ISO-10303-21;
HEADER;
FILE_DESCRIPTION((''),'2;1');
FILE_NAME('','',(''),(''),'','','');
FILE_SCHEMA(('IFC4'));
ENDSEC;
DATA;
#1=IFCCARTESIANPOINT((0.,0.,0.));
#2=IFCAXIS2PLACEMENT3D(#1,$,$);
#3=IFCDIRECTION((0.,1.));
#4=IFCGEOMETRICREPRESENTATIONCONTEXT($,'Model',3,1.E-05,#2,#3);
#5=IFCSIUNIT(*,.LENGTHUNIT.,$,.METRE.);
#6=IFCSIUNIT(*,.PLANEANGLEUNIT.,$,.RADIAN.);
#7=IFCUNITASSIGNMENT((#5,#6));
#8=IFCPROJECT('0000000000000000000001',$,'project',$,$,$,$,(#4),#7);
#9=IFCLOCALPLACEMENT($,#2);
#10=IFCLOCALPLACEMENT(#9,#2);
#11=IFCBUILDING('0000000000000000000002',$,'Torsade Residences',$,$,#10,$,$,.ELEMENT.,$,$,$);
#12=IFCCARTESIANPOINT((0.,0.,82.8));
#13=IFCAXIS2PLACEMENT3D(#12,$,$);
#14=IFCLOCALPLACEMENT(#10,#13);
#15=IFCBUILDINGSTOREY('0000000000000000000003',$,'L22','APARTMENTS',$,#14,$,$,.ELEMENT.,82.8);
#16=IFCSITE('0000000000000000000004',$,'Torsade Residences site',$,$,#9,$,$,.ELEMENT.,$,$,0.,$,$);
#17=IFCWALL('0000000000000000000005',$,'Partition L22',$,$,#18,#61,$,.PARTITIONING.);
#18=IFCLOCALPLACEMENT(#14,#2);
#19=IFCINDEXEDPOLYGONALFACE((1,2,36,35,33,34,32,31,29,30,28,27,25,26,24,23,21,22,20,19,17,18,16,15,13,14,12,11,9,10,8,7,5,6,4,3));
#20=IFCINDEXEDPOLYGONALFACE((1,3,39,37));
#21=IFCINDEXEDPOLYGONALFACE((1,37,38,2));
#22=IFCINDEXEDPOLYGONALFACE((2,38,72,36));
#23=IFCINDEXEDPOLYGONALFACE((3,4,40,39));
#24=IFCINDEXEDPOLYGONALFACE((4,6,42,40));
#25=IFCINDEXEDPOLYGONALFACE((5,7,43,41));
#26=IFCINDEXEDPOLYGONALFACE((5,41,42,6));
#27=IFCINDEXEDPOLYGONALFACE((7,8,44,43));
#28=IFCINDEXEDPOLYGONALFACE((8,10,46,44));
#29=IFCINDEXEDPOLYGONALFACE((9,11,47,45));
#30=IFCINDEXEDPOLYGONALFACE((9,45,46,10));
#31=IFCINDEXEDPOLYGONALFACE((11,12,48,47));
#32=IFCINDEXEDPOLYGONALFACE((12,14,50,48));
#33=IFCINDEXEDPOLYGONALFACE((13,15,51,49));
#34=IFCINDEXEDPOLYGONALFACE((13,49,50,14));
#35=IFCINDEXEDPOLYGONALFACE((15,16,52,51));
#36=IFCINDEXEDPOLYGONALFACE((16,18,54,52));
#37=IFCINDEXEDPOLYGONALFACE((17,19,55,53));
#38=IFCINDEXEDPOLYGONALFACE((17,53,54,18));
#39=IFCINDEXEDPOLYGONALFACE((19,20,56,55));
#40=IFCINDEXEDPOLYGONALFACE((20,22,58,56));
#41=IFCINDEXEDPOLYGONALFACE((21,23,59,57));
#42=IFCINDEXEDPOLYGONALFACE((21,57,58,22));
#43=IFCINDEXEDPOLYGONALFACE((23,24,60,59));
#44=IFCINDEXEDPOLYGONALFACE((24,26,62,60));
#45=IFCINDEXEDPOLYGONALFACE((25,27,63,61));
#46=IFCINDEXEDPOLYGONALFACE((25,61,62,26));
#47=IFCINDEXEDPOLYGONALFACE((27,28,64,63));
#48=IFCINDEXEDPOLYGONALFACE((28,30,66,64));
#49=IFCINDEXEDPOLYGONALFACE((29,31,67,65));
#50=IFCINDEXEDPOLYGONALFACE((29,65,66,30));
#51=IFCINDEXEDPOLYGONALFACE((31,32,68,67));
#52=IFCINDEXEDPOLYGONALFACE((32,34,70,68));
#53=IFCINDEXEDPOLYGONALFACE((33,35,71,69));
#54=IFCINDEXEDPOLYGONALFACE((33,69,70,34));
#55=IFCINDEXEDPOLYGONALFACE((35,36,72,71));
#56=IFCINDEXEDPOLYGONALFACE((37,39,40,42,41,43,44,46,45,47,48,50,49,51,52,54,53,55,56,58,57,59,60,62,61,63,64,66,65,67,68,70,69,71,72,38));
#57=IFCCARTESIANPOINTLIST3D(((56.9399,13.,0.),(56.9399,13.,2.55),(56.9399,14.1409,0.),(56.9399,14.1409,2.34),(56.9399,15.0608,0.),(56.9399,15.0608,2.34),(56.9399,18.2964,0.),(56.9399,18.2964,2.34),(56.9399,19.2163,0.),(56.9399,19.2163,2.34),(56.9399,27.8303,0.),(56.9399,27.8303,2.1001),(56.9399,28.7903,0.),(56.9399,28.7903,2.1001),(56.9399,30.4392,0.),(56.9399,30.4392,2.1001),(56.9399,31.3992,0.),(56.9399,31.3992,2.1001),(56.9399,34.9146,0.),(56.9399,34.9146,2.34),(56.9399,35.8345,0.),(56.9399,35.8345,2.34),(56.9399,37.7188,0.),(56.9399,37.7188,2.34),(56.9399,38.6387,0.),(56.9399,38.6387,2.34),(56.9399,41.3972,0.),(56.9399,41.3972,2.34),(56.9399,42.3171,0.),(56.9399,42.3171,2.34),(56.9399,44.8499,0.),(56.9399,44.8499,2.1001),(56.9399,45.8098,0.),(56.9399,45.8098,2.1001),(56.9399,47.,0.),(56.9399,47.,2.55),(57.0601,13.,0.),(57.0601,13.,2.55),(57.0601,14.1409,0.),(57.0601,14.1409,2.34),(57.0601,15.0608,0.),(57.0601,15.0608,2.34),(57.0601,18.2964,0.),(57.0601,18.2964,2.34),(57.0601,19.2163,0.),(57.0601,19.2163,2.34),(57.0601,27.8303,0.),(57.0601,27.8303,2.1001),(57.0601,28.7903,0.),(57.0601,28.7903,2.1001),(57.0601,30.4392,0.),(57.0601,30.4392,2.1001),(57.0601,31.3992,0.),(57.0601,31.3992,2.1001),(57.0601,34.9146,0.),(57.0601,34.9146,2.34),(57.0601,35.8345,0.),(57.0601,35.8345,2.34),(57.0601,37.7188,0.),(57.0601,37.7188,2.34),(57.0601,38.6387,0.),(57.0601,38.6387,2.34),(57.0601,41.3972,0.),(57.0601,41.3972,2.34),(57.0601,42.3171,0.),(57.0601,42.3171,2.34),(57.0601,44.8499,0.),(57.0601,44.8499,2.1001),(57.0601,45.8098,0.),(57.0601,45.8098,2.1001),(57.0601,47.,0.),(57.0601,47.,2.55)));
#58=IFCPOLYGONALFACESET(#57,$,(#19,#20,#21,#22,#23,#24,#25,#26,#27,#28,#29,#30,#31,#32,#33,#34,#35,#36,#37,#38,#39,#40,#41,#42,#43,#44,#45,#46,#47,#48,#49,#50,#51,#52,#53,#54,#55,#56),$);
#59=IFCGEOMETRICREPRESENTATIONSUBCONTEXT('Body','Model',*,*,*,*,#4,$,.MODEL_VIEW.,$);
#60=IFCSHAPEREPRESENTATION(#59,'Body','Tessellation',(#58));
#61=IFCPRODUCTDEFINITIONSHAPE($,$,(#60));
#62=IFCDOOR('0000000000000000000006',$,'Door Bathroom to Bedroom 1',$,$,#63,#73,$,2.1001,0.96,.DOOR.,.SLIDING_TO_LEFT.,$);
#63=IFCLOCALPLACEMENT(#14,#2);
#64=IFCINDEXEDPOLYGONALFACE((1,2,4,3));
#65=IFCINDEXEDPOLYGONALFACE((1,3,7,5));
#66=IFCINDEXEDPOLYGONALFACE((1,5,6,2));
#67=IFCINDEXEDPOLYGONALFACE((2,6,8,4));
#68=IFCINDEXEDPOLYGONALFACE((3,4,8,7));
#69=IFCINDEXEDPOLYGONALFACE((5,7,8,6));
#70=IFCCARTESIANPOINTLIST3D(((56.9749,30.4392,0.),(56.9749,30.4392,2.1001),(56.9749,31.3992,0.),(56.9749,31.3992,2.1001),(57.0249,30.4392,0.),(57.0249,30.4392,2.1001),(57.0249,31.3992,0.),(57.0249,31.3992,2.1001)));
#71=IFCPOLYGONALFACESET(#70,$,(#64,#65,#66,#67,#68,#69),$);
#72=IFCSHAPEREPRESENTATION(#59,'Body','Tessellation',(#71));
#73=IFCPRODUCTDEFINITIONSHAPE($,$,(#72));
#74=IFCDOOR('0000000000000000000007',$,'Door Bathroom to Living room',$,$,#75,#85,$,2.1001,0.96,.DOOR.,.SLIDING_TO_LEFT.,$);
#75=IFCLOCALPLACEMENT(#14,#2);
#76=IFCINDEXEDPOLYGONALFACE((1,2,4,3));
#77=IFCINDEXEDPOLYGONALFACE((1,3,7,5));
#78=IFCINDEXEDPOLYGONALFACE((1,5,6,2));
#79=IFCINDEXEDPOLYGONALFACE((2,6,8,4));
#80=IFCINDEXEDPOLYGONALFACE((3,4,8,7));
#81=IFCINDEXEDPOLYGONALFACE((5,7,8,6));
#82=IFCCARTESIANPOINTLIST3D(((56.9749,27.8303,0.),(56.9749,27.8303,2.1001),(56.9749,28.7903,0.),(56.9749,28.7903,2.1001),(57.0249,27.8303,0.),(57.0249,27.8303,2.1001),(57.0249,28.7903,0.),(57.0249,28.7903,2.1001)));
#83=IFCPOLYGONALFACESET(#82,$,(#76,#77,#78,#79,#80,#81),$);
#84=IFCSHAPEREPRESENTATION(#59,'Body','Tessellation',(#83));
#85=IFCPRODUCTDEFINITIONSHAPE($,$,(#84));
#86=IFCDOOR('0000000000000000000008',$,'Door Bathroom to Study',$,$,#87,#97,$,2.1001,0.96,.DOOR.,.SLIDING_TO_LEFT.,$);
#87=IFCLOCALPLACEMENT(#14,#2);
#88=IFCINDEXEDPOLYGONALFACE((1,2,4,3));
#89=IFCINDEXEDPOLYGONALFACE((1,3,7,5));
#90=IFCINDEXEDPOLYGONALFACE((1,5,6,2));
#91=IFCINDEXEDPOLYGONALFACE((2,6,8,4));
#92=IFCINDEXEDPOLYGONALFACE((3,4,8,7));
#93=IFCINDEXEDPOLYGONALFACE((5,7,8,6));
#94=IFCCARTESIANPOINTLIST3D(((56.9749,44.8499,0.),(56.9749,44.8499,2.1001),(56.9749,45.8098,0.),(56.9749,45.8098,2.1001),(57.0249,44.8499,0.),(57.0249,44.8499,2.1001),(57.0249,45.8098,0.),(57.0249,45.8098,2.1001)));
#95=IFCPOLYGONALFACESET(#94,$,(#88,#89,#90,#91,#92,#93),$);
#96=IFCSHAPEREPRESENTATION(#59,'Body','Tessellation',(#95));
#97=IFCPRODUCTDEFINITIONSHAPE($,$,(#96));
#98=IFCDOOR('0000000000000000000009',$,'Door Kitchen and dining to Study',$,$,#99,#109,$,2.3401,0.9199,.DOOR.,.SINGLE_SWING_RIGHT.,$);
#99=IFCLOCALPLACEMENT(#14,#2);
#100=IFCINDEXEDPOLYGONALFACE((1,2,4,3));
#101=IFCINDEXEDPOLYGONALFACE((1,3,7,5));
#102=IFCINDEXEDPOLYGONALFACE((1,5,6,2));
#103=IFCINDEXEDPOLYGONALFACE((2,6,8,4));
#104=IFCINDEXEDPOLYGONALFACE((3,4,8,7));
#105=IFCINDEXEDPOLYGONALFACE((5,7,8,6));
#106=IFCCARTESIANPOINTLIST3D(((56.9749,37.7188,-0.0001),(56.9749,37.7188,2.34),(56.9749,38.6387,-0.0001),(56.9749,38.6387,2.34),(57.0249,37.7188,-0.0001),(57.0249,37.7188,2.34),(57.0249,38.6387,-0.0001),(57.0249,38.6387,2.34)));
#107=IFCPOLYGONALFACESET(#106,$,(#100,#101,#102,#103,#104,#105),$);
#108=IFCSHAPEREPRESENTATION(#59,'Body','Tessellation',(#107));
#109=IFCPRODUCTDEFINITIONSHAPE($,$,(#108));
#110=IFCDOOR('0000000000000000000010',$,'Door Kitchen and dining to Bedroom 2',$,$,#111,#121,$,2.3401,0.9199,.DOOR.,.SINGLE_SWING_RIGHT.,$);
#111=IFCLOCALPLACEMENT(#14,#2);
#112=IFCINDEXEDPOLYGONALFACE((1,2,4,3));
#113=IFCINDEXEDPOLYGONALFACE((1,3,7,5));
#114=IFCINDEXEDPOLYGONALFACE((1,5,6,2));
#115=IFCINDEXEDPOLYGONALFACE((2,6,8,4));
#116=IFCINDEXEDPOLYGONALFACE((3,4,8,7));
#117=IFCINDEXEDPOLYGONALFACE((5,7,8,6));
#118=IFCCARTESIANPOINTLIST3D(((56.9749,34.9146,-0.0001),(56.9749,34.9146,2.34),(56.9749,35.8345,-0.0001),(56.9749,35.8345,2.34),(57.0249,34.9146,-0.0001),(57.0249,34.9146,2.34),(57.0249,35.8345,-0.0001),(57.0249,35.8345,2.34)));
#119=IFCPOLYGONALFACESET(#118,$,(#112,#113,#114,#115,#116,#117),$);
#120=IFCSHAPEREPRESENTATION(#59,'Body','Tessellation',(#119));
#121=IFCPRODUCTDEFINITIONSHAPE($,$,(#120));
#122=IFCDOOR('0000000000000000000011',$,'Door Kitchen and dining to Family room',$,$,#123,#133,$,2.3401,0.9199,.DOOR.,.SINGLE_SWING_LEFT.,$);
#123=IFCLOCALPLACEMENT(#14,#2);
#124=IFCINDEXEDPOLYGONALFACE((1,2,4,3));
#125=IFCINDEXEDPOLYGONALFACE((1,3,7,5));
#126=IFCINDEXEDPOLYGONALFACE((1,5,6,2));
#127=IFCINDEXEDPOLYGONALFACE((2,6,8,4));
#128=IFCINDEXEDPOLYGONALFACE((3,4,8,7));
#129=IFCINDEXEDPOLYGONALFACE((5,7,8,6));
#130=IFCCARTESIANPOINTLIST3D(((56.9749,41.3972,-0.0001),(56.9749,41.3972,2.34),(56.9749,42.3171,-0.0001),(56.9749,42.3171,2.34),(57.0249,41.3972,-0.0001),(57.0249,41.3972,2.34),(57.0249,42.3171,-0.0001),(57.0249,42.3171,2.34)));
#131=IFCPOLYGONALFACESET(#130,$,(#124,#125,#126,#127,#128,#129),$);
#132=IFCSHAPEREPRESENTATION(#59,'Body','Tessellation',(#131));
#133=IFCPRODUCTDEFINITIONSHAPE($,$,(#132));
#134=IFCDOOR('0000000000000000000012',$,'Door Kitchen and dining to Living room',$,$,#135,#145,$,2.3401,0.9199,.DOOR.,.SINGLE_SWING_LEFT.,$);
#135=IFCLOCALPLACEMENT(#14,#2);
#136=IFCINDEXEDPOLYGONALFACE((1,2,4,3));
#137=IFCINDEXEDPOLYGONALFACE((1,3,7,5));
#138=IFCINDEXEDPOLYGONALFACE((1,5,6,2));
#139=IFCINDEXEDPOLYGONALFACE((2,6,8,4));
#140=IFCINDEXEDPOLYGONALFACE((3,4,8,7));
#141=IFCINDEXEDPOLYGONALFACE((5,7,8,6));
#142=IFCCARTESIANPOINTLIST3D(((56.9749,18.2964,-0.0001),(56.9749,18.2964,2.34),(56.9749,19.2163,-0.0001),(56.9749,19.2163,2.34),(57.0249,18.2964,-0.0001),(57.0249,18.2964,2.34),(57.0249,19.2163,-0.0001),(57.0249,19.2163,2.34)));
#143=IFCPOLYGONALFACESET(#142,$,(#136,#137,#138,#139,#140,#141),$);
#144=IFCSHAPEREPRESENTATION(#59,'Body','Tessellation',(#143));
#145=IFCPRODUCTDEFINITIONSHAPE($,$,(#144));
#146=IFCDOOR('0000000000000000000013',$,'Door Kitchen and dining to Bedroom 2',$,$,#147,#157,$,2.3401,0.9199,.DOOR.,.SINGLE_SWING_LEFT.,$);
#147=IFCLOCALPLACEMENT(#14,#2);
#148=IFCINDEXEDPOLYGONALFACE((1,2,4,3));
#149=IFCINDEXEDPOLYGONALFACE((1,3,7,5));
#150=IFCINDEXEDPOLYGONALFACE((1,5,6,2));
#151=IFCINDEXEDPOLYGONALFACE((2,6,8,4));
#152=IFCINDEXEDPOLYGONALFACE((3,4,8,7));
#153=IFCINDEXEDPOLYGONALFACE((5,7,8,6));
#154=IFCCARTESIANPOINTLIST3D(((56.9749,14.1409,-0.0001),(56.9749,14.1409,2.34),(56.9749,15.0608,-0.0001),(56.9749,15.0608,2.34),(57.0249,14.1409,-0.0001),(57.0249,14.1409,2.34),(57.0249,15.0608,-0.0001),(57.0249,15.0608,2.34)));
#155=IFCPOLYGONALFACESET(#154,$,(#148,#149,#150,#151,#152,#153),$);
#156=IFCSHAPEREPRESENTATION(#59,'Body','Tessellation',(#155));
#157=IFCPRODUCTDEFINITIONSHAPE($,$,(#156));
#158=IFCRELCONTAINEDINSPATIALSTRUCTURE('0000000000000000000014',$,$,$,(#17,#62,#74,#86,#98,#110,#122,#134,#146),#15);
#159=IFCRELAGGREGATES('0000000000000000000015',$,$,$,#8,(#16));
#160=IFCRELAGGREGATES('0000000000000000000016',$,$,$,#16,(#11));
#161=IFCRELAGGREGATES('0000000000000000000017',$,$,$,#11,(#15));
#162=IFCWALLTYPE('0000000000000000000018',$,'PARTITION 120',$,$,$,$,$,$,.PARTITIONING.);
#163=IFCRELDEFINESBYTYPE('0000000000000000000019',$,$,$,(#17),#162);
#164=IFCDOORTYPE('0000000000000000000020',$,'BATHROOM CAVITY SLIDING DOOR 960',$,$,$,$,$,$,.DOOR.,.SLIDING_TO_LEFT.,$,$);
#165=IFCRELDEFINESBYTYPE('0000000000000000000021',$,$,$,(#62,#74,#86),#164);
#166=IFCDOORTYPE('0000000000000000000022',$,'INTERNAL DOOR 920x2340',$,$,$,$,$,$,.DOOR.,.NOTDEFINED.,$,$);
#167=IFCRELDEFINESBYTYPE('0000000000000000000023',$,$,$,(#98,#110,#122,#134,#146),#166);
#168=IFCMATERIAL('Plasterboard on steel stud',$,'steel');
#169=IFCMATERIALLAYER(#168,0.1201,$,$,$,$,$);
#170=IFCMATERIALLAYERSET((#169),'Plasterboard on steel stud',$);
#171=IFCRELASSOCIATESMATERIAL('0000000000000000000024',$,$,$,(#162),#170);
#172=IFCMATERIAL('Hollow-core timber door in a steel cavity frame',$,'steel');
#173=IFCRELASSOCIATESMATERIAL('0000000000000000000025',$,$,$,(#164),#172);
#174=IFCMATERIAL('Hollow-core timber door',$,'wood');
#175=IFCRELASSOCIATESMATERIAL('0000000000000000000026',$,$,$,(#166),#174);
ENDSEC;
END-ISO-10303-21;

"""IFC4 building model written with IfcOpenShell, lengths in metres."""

from ifc_helpers import new_model, si_unit, direction, frame, frame_2d, origin, place, context, subcontext, project, spatial, rectangle, extrude, material, layer, layer_set, type_object, element, fill, save


model = new_model("IFC4")

# Units and contexts
model_context = context("Model", 3, precision=1e-05, world=origin(), true_north=direction((0.0, 1.0)))
body_context = subcontext(model_context, "Body", "Model", "MODEL_VIEW")
ifc_project = project(units=[si_unit("LENGTHUNIT", "METRE"), si_unit("PLANEANGLEUNIT", "RADIAN")], contexts=[model_context])

# Site, building, storey
site_placement = place(None, origin())
site = spatial("IfcSite", under=ifc_project, at=site_placement, Name="Torsade Residences site", CompositionType="ELEMENT", RefElevation=0.0)
building_placement = place(site_placement, origin())
building = spatial("IfcBuilding", under=site, at=building_placement, Name="Torsade Residences", CompositionType="ELEMENT")
storey_placement = place(building_placement, frame((0.0, 0.0, 82.8)))
storey = spatial("IfcBuildingStorey", under=building, at=storey_placement, Name="L22", Description="APARTMENTS", CompositionType="ELEMENT", Elevation=82.8)

# Wall, openings, doors
ifc_material_1 = material(Name="Plasterboard on steel stud", Category="steel")
ifc_layer_1 = layer(ifc_material_1, 0.1201)
ifc_layer_set_1 = layer_set([ifc_layer_1], Name="Plasterboard on steel stud")
wall_type = type_object("IfcWallType", Name="PARTITION 120", PredefinedType="PARTITIONING", material=ifc_layer_set_1)
wall_1_placement = place(storey_placement, frame((57.0, 47.0, 0.0), z_axis=(0.0, 0.0, 1.0), x_axis=(0.0, -1.0, 0.0)))
wall_1 = element("IfcWall", 1, at=wall_1_placement, inside=storey, type_object=wall_type, Name="Partition L22", PredefinedType="PARTITIONING", context=body_context, shape_type="SweptSolid", body=[
    extrude(rectangle(XDim=34.0, YDim=0.1201, at=frame_2d((17.0, 0.0))), origin(), (0.0, 0.0, 1.0), 2.55),
])
opening_1_placement = place(wall_1_placement, frame((8.3613, 0.0, 0.0)))
opening_1 = element("IfcOpeningElement", 2, at=opening_1_placement, cuts=wall_1, PredefinedType="OPENING", context=body_context, shape_type="SweptSolid", body=[
    extrude(rectangle(XDim=0.9199, YDim=2.3401, at=frame_2d((0.46, 1.1699))), frame((0.0, 0.0701, 0.0), z_axis=(0.0, -1.0, 0.0), x_axis=(1.0, 0.0, 0.0)), (0.0, 0.0, 1.0), 0.1401),
])
opening_2_placement = place(wall_1_placement, frame((11.1655, 0.0, 0.0)))
opening_2 = element("IfcOpeningElement", 3, at=opening_2_placement, cuts=wall_1, PredefinedType="OPENING", context=body_context, shape_type="SweptSolid", body=[
    extrude(rectangle(XDim=0.9199, YDim=2.3401, at=frame_2d((0.46, 1.1699))), frame((0.0, 0.0701, 0.0), z_axis=(0.0, -1.0, 0.0), x_axis=(1.0, 0.0, 0.0)), (0.0, 0.0, 1.0), 0.1401),
])
opening_3_placement = place(wall_1_placement, frame((4.6829, 0.0, 0.0)))
opening_3 = element("IfcOpeningElement", 4, at=opening_3_placement, cuts=wall_1, PredefinedType="OPENING", context=body_context, shape_type="SweptSolid", body=[
    extrude(rectangle(XDim=0.9199, YDim=2.3401, at=frame_2d((0.46, 1.1699))), frame((0.0, 0.0701, 0.0), z_axis=(0.0, -1.0, 0.0), x_axis=(1.0, 0.0, 0.0)), (0.0, 0.0, 1.0), 0.1401),
])
opening_4_placement = place(wall_1_placement, frame((27.7837, 0.0, 0.0)))
opening_4 = element("IfcOpeningElement", 5, at=opening_4_placement, cuts=wall_1, PredefinedType="OPENING", context=body_context, shape_type="SweptSolid", body=[
    extrude(rectangle(XDim=0.9199, YDim=2.3401, at=frame_2d((0.46, 1.1699))), frame((0.0, 0.0701, 0.0), z_axis=(0.0, -1.0, 0.0), x_axis=(1.0, 0.0, 0.0)), (0.0, 0.0, 1.0), 0.1401),
])
opening_5_placement = place(wall_1_placement, frame((31.9392, 0.0, 0.0)))
opening_5 = element("IfcOpeningElement", 6, at=opening_5_placement, cuts=wall_1, PredefinedType="OPENING", context=body_context, shape_type="SweptSolid", body=[
    extrude(rectangle(XDim=0.9199, YDim=2.3401, at=frame_2d((0.46, 1.1699))), frame((0.0, 0.0701, 0.0), z_axis=(0.0, -1.0, 0.0), x_axis=(1.0, 0.0, 0.0)), (0.0, 0.0, 1.0), 0.1401),
])
opening_6_placement = place(wall_1_placement, frame((15.6008, 0.0, 0.0)))
opening_6 = element("IfcOpeningElement", 7, at=opening_6_placement, cuts=wall_1, PredefinedType="OPENING", context=body_context, shape_type="SweptSolid", body=[
    extrude(rectangle(XDim=0.96, YDim=2.1001, at=frame_2d((0.48, 1.05))), frame((0.0, 0.0701, 0.0), z_axis=(0.0, -1.0, 0.0), x_axis=(1.0, 0.0, 0.0)), (0.0, 0.0, 1.0), 0.1401),
])
opening_7_placement = place(wall_1_placement, frame((18.2097, 0.0, 0.0)))
opening_7 = element("IfcOpeningElement", 8, at=opening_7_placement, cuts=wall_1, PredefinedType="OPENING", context=body_context, shape_type="SweptSolid", body=[
    extrude(rectangle(XDim=0.96, YDim=2.1001, at=frame_2d((0.48, 1.05))), frame((0.0, 0.0701, 0.0), z_axis=(0.0, -1.0, 0.0), x_axis=(1.0, 0.0, 0.0)), (0.0, 0.0, 1.0), 0.1401),
])
opening_8_placement = place(wall_1_placement, frame((1.1902, 0.0, 0.0)))
opening_8 = element("IfcOpeningElement", 9, at=opening_8_placement, cuts=wall_1, PredefinedType="OPENING", context=body_context, shape_type="SweptSolid", body=[
    extrude(rectangle(XDim=0.96, YDim=2.1001, at=frame_2d((0.48, 1.05))), frame((0.0, 0.0701, 0.0), z_axis=(0.0, -1.0, 0.0), x_axis=(1.0, 0.0, 0.0)), (0.0, 0.0, 1.0), 0.1401),
])
ifc_material_2 = material(Name="Hollow-core timber door in a steel cavity frame", Category="steel")
door_type_1 = type_object("IfcDoorType", Name="BATHROOM CAVITY SLIDING DOOR 960", OperationType="SLIDING_TO_LEFT", PredefinedType="DOOR", material=ifc_material_2)
door_1_placement = place(opening_6_placement, origin())
door_1 = element("IfcDoor", 10, at=door_1_placement, inside=storey, type_object=door_type_1, Name="Door Bathroom to Bedroom 1", OperationType="SLIDING_TO_LEFT", OverallHeight=2.1001, OverallWidth=0.96, PredefinedType="DOOR", context=body_context, shape_type="SweptSolid", body=[
    extrude(rectangle(XDim=0.96, YDim=2.1001, at=frame_2d((0.48, 1.05))), frame((0.0, 0.0249, 0.0), z_axis=(0.0, -1.0, 0.0), x_axis=(1.0, 0.0, 0.0)), (0.0, 0.0, 1.0), 0.05),
])
fill(opening_6, door_1)
door_2_placement = place(opening_7_placement, origin())
door_2 = element("IfcDoor", 11, at=door_2_placement, inside=storey, type_object=door_type_1, Name="Door Bathroom to Living room", OperationType="SLIDING_TO_LEFT", OverallHeight=2.1001, OverallWidth=0.96, PredefinedType="DOOR", context=body_context, shape_type="SweptSolid", body=[
    extrude(rectangle(XDim=0.96, YDim=2.1001, at=frame_2d((0.48, 1.05))), frame((0.0, 0.0249, 0.0), z_axis=(0.0, -1.0, 0.0), x_axis=(1.0, 0.0, 0.0)), (0.0, 0.0, 1.0), 0.05),
])
fill(opening_7, door_2)
door_3_placement = place(opening_8_placement, origin())
door_3 = element("IfcDoor", 12, at=door_3_placement, inside=storey, type_object=door_type_1, Name="Door Bathroom to Study", OperationType="SLIDING_TO_LEFT", OverallHeight=2.1001, OverallWidth=0.96, PredefinedType="DOOR", context=body_context, shape_type="SweptSolid", body=[
    extrude(rectangle(XDim=0.96, YDim=2.1001, at=frame_2d((0.48, 1.05))), frame((0.0, 0.0249, 0.0), z_axis=(0.0, -1.0, 0.0), x_axis=(1.0, 0.0, 0.0)), (0.0, 0.0, 1.0), 0.05),
])
fill(opening_8, door_3)
ifc_material_3 = material(Name="Hollow-core timber door", Category="wood")
door_type_2 = type_object("IfcDoorType", Name="INTERNAL DOOR 920x2340", OperationType="NOTDEFINED", PredefinedType="DOOR", material=ifc_material_3)
door_4_placement = place(opening_1_placement, origin())
door_4 = element("IfcDoor", 13, at=door_4_placement, inside=storey, type_object=door_type_2, Name="Door Kitchen and dining to Study", OperationType="SINGLE_SWING_RIGHT", OverallHeight=2.3401, OverallWidth=0.9199, PredefinedType="DOOR", context=body_context, shape_type="SweptSolid", body=[
    extrude(rectangle(XDim=0.9199, YDim=2.3401, at=frame_2d((0.46, 1.1699))), frame((0.0, 0.0249, 0.0), z_axis=(0.0, -1.0, 0.0), x_axis=(1.0, 0.0, 0.0)), (0.0, 0.0, 1.0), 0.05),
])
fill(opening_1, door_4)
door_5_placement = place(opening_2_placement, origin())
door_5 = element("IfcDoor", 14, at=door_5_placement, inside=storey, type_object=door_type_2, Name="Door Kitchen and dining to Bedroom 2", OperationType="SINGLE_SWING_RIGHT", OverallHeight=2.3401, OverallWidth=0.9199, PredefinedType="DOOR", context=body_context, shape_type="SweptSolid", body=[
    extrude(rectangle(XDim=0.9199, YDim=2.3401, at=frame_2d((0.46, 1.1699))), frame((0.0, 0.0249, 0.0), z_axis=(0.0, -1.0, 0.0), x_axis=(1.0, 0.0, 0.0)), (0.0, 0.0, 1.0), 0.05),
])
fill(opening_2, door_5)
door_6_placement = place(opening_3_placement, origin())
door_6 = element("IfcDoor", 15, at=door_6_placement, inside=storey, type_object=door_type_2, Name="Door Kitchen and dining to Family room", OperationType="SINGLE_SWING_LEFT", OverallHeight=2.3401, OverallWidth=0.9199, PredefinedType="DOOR", context=body_context, shape_type="SweptSolid", body=[
    extrude(rectangle(XDim=0.9199, YDim=2.3401, at=frame_2d((0.46, 1.1699))), frame((0.0, 0.0249, 0.0), z_axis=(0.0, -1.0, 0.0), x_axis=(1.0, 0.0, 0.0)), (0.0, 0.0, 1.0), 0.05),
])
fill(opening_3, door_6)
door_7_placement = place(opening_4_placement, origin())
door_7 = element("IfcDoor", 16, at=door_7_placement, inside=storey, type_object=door_type_2, Name="Door Kitchen and dining to Living room", OperationType="SINGLE_SWING_LEFT", OverallHeight=2.3401, OverallWidth=0.9199, PredefinedType="DOOR", context=body_context, shape_type="SweptSolid", body=[
    extrude(rectangle(XDim=0.9199, YDim=2.3401, at=frame_2d((0.46, 1.1699))), frame((0.0, 0.0249, 0.0), z_axis=(0.0, -1.0, 0.0), x_axis=(1.0, 0.0, 0.0)), (0.0, 0.0, 1.0), 0.05),
])
fill(opening_4, door_7)
door_8_placement = place(opening_5_placement, origin())
door_8 = element("IfcDoor", 17, at=door_8_placement, inside=storey, type_object=door_type_2, Name="Door Kitchen and dining to Bedroom 2", OperationType="SINGLE_SWING_LEFT", OverallHeight=2.3401, OverallWidth=0.9199, PredefinedType="DOOR", context=body_context, shape_type="SweptSolid", body=[
    extrude(rectangle(XDim=0.9199, YDim=2.3401, at=frame_2d((0.46, 1.1699))), frame((0.0, 0.0249, 0.0), z_axis=(0.0, -1.0, 0.0), x_axis=(1.0, 0.0, 0.0)), (0.0, 0.0, 1.0), 0.05),
])
fill(opening_5, door_8)

save(model, "model.ifc")
